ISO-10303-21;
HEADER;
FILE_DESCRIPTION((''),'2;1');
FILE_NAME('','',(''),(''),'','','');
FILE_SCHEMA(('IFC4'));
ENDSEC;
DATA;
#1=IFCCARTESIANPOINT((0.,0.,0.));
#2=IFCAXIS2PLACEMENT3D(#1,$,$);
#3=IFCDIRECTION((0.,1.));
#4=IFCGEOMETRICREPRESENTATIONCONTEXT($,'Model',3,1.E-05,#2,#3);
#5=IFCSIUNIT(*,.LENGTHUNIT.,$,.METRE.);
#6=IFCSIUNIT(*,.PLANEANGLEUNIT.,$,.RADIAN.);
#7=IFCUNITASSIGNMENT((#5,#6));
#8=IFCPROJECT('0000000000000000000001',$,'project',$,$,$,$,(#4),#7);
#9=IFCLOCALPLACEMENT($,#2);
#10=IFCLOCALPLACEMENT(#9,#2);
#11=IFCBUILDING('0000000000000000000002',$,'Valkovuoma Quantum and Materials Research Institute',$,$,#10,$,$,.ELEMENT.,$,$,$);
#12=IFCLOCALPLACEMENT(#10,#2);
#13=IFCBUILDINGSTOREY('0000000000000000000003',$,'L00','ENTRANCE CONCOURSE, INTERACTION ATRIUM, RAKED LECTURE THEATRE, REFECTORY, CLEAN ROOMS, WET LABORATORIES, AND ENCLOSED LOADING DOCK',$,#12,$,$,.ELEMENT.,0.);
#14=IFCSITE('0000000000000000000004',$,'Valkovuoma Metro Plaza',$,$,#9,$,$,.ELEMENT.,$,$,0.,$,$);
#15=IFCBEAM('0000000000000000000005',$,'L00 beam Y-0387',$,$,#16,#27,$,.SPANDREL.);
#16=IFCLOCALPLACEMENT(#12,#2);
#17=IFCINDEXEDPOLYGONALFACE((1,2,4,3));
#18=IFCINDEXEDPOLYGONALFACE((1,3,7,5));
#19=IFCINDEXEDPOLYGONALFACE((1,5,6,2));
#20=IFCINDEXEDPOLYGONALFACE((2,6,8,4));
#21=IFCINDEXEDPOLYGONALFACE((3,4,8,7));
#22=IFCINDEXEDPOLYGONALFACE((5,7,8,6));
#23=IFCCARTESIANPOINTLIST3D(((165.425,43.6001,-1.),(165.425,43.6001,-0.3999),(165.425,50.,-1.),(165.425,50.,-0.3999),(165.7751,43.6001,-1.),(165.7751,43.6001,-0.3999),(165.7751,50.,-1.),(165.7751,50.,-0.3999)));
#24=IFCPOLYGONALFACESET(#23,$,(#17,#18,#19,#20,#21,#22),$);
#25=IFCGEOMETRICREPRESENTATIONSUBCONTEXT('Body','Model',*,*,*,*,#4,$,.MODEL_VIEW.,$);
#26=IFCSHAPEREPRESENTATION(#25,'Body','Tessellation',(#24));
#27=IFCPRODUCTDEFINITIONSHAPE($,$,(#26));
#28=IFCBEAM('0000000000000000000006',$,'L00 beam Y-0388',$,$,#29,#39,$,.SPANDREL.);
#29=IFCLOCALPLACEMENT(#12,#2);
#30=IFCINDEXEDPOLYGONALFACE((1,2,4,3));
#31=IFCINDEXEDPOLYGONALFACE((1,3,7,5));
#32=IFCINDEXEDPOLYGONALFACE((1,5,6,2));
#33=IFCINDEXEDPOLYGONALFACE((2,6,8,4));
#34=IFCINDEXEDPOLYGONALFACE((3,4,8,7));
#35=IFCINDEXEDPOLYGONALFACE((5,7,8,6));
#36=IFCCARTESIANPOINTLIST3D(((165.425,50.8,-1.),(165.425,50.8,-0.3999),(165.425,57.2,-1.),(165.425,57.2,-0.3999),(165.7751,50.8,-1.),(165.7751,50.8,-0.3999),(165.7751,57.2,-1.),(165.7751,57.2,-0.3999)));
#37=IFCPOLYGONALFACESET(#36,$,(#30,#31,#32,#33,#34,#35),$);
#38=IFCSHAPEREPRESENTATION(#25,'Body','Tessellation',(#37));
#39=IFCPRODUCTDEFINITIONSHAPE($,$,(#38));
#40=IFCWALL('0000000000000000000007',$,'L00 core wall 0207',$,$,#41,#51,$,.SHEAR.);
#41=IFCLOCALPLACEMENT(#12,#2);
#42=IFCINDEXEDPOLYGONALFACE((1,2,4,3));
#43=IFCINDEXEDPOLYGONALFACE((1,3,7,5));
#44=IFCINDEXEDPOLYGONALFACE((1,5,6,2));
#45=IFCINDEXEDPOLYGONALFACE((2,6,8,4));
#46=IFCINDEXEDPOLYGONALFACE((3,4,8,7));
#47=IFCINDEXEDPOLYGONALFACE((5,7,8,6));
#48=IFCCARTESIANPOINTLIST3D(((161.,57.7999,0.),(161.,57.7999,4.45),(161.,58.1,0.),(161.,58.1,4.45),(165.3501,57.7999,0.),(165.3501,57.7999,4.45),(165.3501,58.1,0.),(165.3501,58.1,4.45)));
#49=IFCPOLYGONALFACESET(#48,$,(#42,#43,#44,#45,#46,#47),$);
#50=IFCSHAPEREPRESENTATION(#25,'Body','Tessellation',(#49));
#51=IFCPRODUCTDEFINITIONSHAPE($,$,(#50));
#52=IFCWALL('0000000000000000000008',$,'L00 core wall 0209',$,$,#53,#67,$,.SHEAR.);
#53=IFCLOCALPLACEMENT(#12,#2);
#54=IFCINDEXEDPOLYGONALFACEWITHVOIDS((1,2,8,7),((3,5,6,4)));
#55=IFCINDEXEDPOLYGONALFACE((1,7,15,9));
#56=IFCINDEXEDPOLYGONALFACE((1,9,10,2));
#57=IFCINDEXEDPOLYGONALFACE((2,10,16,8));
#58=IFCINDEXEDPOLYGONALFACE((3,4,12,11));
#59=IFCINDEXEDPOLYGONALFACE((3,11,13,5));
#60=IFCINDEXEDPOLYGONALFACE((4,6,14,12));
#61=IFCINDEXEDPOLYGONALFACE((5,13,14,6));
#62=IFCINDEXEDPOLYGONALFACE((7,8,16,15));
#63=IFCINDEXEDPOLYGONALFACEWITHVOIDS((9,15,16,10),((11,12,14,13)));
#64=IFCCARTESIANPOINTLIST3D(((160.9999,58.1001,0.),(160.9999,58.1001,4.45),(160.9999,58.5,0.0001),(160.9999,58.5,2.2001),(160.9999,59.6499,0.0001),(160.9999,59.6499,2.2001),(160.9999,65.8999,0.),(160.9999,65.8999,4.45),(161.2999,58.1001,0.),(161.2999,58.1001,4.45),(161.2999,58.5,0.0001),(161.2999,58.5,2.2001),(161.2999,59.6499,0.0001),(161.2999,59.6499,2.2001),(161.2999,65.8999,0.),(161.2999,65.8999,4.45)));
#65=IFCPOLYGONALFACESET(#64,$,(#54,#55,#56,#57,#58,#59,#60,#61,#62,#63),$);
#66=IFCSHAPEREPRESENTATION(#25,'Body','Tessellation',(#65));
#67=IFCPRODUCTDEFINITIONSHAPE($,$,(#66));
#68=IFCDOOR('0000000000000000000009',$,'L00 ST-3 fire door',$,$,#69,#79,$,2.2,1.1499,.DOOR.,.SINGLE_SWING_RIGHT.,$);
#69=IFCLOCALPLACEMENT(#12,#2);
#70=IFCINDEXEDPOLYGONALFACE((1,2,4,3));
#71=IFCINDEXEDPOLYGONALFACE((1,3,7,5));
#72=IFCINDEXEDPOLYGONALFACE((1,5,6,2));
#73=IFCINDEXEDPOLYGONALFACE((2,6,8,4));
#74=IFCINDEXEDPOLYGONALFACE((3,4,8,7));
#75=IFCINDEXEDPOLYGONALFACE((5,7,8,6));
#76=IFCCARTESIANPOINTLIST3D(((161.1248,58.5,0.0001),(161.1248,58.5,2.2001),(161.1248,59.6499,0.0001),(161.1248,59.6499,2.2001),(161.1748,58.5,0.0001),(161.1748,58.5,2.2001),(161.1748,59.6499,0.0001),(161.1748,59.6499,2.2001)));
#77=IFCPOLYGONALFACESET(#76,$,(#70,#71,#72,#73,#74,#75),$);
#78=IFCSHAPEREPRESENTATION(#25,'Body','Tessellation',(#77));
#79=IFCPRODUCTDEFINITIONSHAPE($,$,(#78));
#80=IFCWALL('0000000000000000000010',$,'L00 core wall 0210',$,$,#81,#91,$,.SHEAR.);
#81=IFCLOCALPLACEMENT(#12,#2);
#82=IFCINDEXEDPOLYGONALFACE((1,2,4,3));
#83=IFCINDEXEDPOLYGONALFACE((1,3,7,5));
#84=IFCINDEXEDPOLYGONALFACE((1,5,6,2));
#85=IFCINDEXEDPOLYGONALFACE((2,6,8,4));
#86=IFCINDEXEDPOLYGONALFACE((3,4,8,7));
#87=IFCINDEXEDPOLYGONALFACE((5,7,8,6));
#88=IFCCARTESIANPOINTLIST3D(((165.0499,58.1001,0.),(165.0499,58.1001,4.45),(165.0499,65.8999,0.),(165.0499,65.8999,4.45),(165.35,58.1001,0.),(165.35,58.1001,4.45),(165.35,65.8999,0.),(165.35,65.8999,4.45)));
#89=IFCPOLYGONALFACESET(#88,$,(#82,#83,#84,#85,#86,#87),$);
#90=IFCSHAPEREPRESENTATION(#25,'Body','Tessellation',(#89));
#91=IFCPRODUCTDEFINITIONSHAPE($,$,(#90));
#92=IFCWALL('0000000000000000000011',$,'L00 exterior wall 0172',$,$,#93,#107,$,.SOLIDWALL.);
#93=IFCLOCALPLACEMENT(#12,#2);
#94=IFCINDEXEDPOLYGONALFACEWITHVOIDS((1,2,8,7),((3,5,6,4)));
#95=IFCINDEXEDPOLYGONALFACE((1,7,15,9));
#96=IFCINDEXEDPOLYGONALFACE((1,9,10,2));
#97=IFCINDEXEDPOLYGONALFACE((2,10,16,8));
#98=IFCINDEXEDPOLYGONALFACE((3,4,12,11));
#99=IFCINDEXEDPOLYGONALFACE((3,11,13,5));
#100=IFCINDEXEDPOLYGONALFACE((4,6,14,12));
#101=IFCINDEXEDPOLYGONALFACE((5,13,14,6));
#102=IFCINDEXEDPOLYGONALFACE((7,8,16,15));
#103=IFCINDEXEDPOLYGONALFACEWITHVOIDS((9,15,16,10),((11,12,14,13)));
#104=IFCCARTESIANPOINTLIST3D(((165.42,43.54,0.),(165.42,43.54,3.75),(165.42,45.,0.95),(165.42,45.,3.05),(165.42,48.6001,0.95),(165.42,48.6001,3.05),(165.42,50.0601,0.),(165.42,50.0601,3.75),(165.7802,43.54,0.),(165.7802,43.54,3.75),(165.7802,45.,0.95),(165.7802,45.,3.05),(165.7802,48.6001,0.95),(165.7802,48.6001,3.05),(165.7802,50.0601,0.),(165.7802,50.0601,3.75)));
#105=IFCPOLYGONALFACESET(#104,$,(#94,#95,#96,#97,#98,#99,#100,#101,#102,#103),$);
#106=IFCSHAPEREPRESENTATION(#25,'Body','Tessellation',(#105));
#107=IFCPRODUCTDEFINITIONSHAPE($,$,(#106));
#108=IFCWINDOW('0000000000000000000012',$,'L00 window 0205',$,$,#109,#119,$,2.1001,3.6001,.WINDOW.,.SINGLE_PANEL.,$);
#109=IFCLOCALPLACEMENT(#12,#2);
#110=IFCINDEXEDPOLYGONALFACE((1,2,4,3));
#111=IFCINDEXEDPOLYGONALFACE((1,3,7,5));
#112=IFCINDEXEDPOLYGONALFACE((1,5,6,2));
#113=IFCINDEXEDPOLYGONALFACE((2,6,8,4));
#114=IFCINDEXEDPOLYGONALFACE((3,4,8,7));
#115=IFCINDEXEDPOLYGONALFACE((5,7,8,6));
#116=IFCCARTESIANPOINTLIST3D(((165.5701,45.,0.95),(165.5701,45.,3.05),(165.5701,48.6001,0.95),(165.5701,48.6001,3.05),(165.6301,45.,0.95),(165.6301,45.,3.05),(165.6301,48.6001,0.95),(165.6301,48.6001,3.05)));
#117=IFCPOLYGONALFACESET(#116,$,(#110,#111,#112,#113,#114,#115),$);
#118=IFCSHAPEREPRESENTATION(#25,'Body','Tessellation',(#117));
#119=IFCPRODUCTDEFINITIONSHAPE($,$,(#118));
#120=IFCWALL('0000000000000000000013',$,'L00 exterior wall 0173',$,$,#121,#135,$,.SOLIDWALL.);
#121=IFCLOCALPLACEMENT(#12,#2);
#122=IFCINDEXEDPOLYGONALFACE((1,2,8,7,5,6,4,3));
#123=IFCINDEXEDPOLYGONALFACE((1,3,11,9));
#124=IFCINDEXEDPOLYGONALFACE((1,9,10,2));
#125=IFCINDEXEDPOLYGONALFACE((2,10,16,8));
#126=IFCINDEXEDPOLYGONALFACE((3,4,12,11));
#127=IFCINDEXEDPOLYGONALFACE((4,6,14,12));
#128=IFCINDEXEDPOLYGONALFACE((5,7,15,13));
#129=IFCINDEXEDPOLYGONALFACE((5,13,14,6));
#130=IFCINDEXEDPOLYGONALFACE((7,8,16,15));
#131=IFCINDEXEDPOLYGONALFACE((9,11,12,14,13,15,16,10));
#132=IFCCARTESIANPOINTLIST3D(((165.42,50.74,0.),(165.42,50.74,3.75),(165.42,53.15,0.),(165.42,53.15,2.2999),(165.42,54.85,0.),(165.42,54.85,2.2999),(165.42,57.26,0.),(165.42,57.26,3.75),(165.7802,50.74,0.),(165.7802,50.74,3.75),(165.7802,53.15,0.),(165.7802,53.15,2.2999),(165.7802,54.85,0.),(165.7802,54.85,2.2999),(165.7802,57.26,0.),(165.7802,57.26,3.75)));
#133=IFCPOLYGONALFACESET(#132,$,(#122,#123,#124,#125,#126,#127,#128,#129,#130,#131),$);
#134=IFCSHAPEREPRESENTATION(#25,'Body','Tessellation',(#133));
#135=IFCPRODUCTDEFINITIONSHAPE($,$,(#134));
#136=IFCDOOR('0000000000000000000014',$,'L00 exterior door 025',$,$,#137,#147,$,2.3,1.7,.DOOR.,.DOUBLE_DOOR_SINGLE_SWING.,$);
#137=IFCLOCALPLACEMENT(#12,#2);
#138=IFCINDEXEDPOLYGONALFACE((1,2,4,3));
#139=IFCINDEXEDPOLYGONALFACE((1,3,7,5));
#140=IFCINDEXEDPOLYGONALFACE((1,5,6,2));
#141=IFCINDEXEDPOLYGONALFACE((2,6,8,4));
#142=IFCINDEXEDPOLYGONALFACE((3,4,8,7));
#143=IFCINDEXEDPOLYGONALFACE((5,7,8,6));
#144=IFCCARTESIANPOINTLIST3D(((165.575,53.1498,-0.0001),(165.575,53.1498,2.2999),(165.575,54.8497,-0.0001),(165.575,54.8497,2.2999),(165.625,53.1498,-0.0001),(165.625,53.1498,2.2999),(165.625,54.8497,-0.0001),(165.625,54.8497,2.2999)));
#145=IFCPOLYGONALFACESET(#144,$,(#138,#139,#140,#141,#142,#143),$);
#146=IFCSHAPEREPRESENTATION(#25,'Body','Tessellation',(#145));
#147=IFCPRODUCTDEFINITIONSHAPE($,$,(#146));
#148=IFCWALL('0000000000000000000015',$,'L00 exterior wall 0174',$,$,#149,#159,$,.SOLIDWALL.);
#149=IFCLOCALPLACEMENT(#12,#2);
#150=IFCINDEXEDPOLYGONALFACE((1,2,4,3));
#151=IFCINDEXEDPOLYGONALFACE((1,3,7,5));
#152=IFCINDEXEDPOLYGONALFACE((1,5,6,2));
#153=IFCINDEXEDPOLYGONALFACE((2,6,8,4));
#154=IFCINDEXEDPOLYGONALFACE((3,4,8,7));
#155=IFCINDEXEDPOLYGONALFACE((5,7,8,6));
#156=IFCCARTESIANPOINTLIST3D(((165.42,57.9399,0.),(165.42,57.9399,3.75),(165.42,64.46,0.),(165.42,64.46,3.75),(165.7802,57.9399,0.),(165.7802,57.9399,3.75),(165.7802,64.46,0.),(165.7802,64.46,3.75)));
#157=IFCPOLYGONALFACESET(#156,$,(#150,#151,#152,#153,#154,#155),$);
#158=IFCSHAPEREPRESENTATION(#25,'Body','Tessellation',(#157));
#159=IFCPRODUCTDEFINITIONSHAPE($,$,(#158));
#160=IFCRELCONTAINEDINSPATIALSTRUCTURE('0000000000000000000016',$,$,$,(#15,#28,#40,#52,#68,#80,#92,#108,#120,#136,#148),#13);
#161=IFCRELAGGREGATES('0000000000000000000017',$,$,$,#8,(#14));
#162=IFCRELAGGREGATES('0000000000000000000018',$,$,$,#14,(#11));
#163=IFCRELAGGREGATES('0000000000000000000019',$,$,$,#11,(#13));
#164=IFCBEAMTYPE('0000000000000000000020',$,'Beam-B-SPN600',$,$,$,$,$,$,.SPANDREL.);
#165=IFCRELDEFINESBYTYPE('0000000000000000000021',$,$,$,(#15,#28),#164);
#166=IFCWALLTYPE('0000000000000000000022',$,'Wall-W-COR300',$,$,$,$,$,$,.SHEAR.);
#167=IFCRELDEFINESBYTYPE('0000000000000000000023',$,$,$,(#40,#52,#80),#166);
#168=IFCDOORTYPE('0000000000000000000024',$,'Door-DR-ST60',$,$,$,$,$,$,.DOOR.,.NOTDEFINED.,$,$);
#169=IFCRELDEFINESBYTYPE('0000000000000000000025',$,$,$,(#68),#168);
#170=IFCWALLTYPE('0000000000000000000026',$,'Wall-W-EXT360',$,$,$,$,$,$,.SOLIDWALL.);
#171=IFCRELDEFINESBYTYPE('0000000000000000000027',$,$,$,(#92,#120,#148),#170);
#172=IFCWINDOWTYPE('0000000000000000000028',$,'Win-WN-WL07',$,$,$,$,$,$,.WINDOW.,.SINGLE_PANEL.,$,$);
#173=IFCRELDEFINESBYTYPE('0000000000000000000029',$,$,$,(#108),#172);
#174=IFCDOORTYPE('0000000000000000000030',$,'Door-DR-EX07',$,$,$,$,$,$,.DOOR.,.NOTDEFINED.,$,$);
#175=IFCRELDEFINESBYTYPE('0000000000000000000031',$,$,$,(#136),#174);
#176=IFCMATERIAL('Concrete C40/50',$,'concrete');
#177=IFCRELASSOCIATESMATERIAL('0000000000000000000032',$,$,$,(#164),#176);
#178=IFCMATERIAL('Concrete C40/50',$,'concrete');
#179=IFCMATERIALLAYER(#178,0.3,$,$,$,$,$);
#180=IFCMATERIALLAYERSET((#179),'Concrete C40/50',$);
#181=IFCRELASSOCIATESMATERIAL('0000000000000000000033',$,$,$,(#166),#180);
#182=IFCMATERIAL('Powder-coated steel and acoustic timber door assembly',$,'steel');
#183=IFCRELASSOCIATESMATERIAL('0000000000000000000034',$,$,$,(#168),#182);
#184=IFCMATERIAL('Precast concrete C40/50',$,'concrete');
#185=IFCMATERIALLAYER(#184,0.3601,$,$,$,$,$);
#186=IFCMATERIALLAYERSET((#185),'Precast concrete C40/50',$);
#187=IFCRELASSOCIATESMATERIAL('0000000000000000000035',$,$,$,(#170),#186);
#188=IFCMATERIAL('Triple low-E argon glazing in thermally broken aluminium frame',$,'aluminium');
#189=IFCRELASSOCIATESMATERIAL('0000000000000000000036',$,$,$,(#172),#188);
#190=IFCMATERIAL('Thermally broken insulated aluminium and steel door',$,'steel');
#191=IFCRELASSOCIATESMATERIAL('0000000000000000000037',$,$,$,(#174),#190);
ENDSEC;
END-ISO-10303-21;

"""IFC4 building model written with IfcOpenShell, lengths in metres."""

from ifc_helpers import new_model, si_unit, direction, frame, frame_2d, origin, origin_2d, place, context, subcontext, project, spatial, rectangle, extrude, material, layer, layer_set, material_profile, profile_set, type_object, element, fill, save


model = new_model("IFC4")

# Units and contexts
model_context = context("Model", 3, precision=1e-05, world=origin(), true_north=direction((0.0, 1.0)))
body_context = subcontext(model_context, "Body", "Model", "MODEL_VIEW")
ifc_project = project(units=[si_unit("LENGTHUNIT", "METRE"), si_unit("PLANEANGLEUNIT", "RADIAN")], contexts=[model_context])

# Site, building, storey
site_placement = place(None, origin())
site = spatial("IfcSite", under=ifc_project, at=site_placement, Name="Valkovuoma Metro Plaza", CompositionType="ELEMENT", RefElevation=0.0)
building_placement = place(site_placement, origin())
building = spatial("IfcBuilding", under=site, at=building_placement, Name="Valkovuoma Quantum and Materials Research Institute", CompositionType="ELEMENT")
storey_placement = place(building_placement, origin())
storey = spatial("IfcBuildingStorey", under=building, at=storey_placement, Name="L00", Description="ENTRANCE CONCOURSE, INTERACTION ATRIUM, RAKED LECTURE THEATRE, REFECTORY, CLEAN ROOMS, WET LABORATORIES, AND ENCLOSED LOADING DOCK", CompositionType="ELEMENT", Elevation=0.0)

# Beams
ifc_material_1 = material(Name="Concrete C40/50", Category="concrete")
ifc_material_profile_1 = material_profile(ifc_material_1, rectangle(XDim=0.3501, YDim=0.6001, at=origin_2d()), Name="Concrete C40/50")
ifc_profile_set_1 = profile_set([ifc_material_profile_1], Name="Concrete C40/50")
beam_type_1 = type_object("IfcBeamType", Name="Beam-B-SPN600", PredefinedType="SPANDREL", material=ifc_profile_set_1)
for number, where, z_axis, x_axis, name in (
    (1, (165.6001, 43.6001, -0.7), (0.0, 1.0, 0.0), (-1.0, 0.0, 0.0), "L00 beam Y-0387"),
    (2, (165.6001, 50.8, -0.7), (0.0, 1.0, 0.0), (-1.0, 0.0, 0.0), "L00 beam Y-0388"),
):
    element("IfcBeam", number, at=place(storey_placement, frame(where, z_axis=z_axis, x_axis=x_axis)), inside=storey, type_object=beam_type_1, Name=name, PredefinedType="SPANDREL", context=body_context, shape_type="SweptSolid", body=[
        extrude(rectangle(XDim=0.3501, YDim=0.6001, at=origin_2d()), origin(), (0.0, 0.0, 1.0), 6.3999),
    ])

# Wall
ifc_material_2 = material(Name="Concrete C40/50", Category="concrete")
ifc_layer_1 = layer(ifc_material_2, 0.3)
ifc_layer_set_1 = layer_set([ifc_layer_1], Name="Concrete C40/50")
wall_type_1 = type_object("IfcWallType", Name="Wall-W-COR300", PredefinedType="SHEAR", material=ifc_layer_set_1)
wall_1_placement = place(storey_placement, frame((161.0, 57.95, 0.0), z_axis=(0.0, 0.0, 1.0), x_axis=(1.0, 0.0, 0.0)))
element("IfcWall", 3, at=wall_1_placement, inside=storey, type_object=wall_type_1, Name="L00 core wall 0207", PredefinedType="SHEAR", context=body_context, shape_type="SweptSolid", body=[
    extrude(rectangle(XDim=4.3501, YDim=0.3, at=frame_2d((2.175, 0.0))), origin(), (0.0, 0.0, 1.0), 4.45),
])

# Wall, opening, door
wall_2_placement = place(storey_placement, frame((161.1499, 58.1001, 0.0), z_axis=(0.0, 0.0, 1.0), x_axis=(0.0, 1.0, 0.0)))
wall_2 = element("IfcWall", 4, at=wall_2_placement, inside=storey, type_object=wall_type_1, Name="L00 core wall 0209", PredefinedType="SHEAR", context=body_context, shape_type="SweptSolid", body=[
    extrude(rectangle(XDim=7.7998, YDim=0.3, at=frame_2d((3.8999, 0.0))), origin(), (0.0, 0.0, 1.0), 4.45),
])
opening_1_placement = place(wall_2_placement, frame((0.3999, 0.0, 0.0)))
opening_1 = element("IfcOpeningElement", 5, at=opening_1_placement, cuts=wall_2, PredefinedType="OPENING", context=body_context, shape_type="SweptSolid", body=[
    extrude(rectangle(XDim=1.1499, YDim=2.2, at=frame_2d((0.575, 1.1001))), frame((0.0, 0.1602, 0.0), z_axis=(0.0, -1.0, 0.0), x_axis=(1.0, 0.0, 0.0)), (0.0, 0.0, 1.0), 0.3201),
])
ifc_material_3 = material(Name="Powder-coated steel and acoustic timber door assembly", Category="steel")
door_type_1 = type_object("IfcDoorType", Name="Door-DR-ST60", OperationType="NOTDEFINED", PredefinedType="DOOR", material=ifc_material_3)
door_1_placement = place(opening_1_placement, frame((1.1499, 0.0, 0.0), z_axis=(0.0, 0.0, 1.0), x_axis=(-1.0, 0.0, 0.0)))
door_1 = element("IfcDoor", 6, at=door_1_placement, inside=storey, type_object=door_type_1, Name="L00 ST-3 fire door", OperationType="SINGLE_SWING_RIGHT", OverallHeight=2.2, OverallWidth=1.1499, PredefinedType="DOOR", context=body_context, shape_type="SweptSolid", body=[
    extrude(rectangle(XDim=1.1499, YDim=2.2, at=frame_2d((0.575, 1.1001))), frame((0.0, 0.0249, 0.0), z_axis=(0.0, -1.0, 0.0), x_axis=(1.0, 0.0, 0.0)), (0.0, 0.0, 1.0), 0.05),
])
fill(opening_1, door_1)

# Wall
wall_3_placement = place(storey_placement, frame((165.2, 58.1001, 0.0), z_axis=(0.0, 0.0, 1.0), x_axis=(0.0, 1.0, 0.0)))
element("IfcWall", 7, at=wall_3_placement, inside=storey, type_object=wall_type_1, Name="L00 core wall 0210", PredefinedType="SHEAR", context=body_context, shape_type="SweptSolid", body=[
    extrude(rectangle(XDim=7.7998, YDim=0.3, at=frame_2d((3.8999, 0.0))), origin(), (0.0, 0.0, 1.0), 4.45),
])

# Wall, opening, window
ifc_material_4 = material(Name="Precast concrete C40/50", Category="concrete")
ifc_layer_2 = layer(ifc_material_4, 0.3601)
ifc_layer_set_2 = layer_set([ifc_layer_2], Name="Precast concrete C40/50")
wall_type_2 = type_object("IfcWallType", Name="Wall-W-EXT360", PredefinedType="SOLIDWALL", material=ifc_layer_set_2)
wall_4_placement = place(storey_placement, frame((165.6001, 43.54, 0.0), z_axis=(0.0, 0.0, 1.0), x_axis=(0.0, 1.0, 0.0)))
wall_4 = element("IfcWall", 8, at=wall_4_placement, inside=storey, type_object=wall_type_2, Name="L00 exterior wall 0172", PredefinedType="SOLIDWALL", context=body_context, shape_type="SweptSolid", body=[
    extrude(rectangle(XDim=6.52, YDim=0.3601, at=frame_2d((3.26, 0.0))), origin(), (0.0, 0.0, 1.0), 3.75),
])
opening_2_placement = place(wall_4_placement, frame((1.46, 0.0, 0.95)))
opening_2 = element("IfcOpeningElement", 9, at=opening_2_placement, cuts=wall_4, PredefinedType="OPENING", context=body_context, shape_type="SweptSolid", body=[
    extrude(rectangle(XDim=3.6001, YDim=2.1001, at=frame_2d((1.8, 1.05))), frame((0.0, 0.1899, 0.0), z_axis=(0.0, -1.0, 0.0), x_axis=(1.0, 0.0, 0.0)), (0.0, 0.0, 1.0), 0.3801),
])
ifc_material_5 = material(Name="Triple low-E argon glazing in thermally broken aluminium frame", Category="aluminium")
window_type = type_object("IfcWindowType", Name="Win-WN-WL07", PartitioningType="SINGLE_PANEL", PredefinedType="WINDOW", material=ifc_material_5)
window_placement = place(opening_2_placement, origin())
window = element("IfcWindow", 10, at=window_placement, inside=storey, type_object=window_type, Name="L00 window 0205", OverallHeight=2.1001, OverallWidth=3.6001, PartitioningType="SINGLE_PANEL", PredefinedType="WINDOW", context=body_context, shape_type="SweptSolid", body=[
    extrude(rectangle(XDim=3.6001, YDim=2.1001, at=frame_2d((1.8, 1.05))), frame((0.0, 0.03, 0.0), z_axis=(0.0, -1.0, 0.0), x_axis=(1.0, 0.0, 0.0)), (0.0, 0.0, 1.0), 0.0601),
])
fill(opening_2, window)

# Wall, opening, door
wall_5_placement = place(storey_placement, frame((165.6001, 50.74, 0.0), z_axis=(0.0, 0.0, 1.0), x_axis=(0.0, 1.0, 0.0)))
wall_5 = element("IfcWall", 11, at=wall_5_placement, inside=storey, type_object=wall_type_2, Name="L00 exterior wall 0173", PredefinedType="SOLIDWALL", context=body_context, shape_type="SweptSolid", body=[
    extrude(rectangle(XDim=6.52, YDim=0.3601, at=frame_2d((3.26, 0.0))), origin(), (0.0, 0.0, 1.0), 3.75),
])
opening_3_placement = place(wall_5_placement, frame((2.4099, 0.0, 0.0)))
opening_3 = element("IfcOpeningElement", 12, at=opening_3_placement, cuts=wall_5, PredefinedType="OPENING", context=body_context, shape_type="SweptSolid", body=[
    extrude(rectangle(XDim=1.7, YDim=2.3, at=frame_2d((0.8501, 1.1499))), frame((0.0, 0.1899, 0.0), z_axis=(0.0, -1.0, 0.0), x_axis=(1.0, 0.0, 0.0)), (0.0, 0.0, 1.0), 0.3801),
])
ifc_material_6 = material(Name="Thermally broken insulated aluminium and steel door", Category="steel")
door_type_2 = type_object("IfcDoorType", Name="Door-DR-EX07", OperationType="NOTDEFINED", PredefinedType="DOOR", material=ifc_material_6)
door_2_placement = place(opening_3_placement, frame((1.7, 0.0, 0.0), z_axis=(0.0, 0.0, 1.0), x_axis=(-1.0, 0.0, 0.0)))
door_2 = element("IfcDoor", 13, at=door_2_placement, inside=storey, type_object=door_type_2, Name="L00 exterior door 025", OperationType="DOUBLE_DOOR_SINGLE_SWING", OverallHeight=2.3, OverallWidth=1.7, PredefinedType="DOOR", context=body_context, shape_type="SweptSolid", body=[
    extrude(rectangle(XDim=1.7, YDim=2.3, at=frame_2d((0.8501, 1.1499))), frame((0.0, 0.0249, 0.0), z_axis=(0.0, -1.0, 0.0), x_axis=(1.0, 0.0, 0.0)), (0.0, 0.0, 1.0), 0.05),
])
fill(opening_3, door_2)

# Wall
wall_6_placement = place(storey_placement, frame((165.6001, 57.9399, 0.0), z_axis=(0.0, 0.0, 1.0), x_axis=(0.0, 1.0, 0.0)))
element("IfcWall", 14, at=wall_6_placement, inside=storey, type_object=wall_type_2, Name="L00 exterior wall 0174", PredefinedType="SOLIDWALL", context=body_context, shape_type="SweptSolid", body=[
    extrude(rectangle(XDim=6.52, YDim=0.3601, at=frame_2d((3.26, 0.0))), origin(), (0.0, 0.0, 1.0), 3.75),
])

save(model, "model.ifc")
